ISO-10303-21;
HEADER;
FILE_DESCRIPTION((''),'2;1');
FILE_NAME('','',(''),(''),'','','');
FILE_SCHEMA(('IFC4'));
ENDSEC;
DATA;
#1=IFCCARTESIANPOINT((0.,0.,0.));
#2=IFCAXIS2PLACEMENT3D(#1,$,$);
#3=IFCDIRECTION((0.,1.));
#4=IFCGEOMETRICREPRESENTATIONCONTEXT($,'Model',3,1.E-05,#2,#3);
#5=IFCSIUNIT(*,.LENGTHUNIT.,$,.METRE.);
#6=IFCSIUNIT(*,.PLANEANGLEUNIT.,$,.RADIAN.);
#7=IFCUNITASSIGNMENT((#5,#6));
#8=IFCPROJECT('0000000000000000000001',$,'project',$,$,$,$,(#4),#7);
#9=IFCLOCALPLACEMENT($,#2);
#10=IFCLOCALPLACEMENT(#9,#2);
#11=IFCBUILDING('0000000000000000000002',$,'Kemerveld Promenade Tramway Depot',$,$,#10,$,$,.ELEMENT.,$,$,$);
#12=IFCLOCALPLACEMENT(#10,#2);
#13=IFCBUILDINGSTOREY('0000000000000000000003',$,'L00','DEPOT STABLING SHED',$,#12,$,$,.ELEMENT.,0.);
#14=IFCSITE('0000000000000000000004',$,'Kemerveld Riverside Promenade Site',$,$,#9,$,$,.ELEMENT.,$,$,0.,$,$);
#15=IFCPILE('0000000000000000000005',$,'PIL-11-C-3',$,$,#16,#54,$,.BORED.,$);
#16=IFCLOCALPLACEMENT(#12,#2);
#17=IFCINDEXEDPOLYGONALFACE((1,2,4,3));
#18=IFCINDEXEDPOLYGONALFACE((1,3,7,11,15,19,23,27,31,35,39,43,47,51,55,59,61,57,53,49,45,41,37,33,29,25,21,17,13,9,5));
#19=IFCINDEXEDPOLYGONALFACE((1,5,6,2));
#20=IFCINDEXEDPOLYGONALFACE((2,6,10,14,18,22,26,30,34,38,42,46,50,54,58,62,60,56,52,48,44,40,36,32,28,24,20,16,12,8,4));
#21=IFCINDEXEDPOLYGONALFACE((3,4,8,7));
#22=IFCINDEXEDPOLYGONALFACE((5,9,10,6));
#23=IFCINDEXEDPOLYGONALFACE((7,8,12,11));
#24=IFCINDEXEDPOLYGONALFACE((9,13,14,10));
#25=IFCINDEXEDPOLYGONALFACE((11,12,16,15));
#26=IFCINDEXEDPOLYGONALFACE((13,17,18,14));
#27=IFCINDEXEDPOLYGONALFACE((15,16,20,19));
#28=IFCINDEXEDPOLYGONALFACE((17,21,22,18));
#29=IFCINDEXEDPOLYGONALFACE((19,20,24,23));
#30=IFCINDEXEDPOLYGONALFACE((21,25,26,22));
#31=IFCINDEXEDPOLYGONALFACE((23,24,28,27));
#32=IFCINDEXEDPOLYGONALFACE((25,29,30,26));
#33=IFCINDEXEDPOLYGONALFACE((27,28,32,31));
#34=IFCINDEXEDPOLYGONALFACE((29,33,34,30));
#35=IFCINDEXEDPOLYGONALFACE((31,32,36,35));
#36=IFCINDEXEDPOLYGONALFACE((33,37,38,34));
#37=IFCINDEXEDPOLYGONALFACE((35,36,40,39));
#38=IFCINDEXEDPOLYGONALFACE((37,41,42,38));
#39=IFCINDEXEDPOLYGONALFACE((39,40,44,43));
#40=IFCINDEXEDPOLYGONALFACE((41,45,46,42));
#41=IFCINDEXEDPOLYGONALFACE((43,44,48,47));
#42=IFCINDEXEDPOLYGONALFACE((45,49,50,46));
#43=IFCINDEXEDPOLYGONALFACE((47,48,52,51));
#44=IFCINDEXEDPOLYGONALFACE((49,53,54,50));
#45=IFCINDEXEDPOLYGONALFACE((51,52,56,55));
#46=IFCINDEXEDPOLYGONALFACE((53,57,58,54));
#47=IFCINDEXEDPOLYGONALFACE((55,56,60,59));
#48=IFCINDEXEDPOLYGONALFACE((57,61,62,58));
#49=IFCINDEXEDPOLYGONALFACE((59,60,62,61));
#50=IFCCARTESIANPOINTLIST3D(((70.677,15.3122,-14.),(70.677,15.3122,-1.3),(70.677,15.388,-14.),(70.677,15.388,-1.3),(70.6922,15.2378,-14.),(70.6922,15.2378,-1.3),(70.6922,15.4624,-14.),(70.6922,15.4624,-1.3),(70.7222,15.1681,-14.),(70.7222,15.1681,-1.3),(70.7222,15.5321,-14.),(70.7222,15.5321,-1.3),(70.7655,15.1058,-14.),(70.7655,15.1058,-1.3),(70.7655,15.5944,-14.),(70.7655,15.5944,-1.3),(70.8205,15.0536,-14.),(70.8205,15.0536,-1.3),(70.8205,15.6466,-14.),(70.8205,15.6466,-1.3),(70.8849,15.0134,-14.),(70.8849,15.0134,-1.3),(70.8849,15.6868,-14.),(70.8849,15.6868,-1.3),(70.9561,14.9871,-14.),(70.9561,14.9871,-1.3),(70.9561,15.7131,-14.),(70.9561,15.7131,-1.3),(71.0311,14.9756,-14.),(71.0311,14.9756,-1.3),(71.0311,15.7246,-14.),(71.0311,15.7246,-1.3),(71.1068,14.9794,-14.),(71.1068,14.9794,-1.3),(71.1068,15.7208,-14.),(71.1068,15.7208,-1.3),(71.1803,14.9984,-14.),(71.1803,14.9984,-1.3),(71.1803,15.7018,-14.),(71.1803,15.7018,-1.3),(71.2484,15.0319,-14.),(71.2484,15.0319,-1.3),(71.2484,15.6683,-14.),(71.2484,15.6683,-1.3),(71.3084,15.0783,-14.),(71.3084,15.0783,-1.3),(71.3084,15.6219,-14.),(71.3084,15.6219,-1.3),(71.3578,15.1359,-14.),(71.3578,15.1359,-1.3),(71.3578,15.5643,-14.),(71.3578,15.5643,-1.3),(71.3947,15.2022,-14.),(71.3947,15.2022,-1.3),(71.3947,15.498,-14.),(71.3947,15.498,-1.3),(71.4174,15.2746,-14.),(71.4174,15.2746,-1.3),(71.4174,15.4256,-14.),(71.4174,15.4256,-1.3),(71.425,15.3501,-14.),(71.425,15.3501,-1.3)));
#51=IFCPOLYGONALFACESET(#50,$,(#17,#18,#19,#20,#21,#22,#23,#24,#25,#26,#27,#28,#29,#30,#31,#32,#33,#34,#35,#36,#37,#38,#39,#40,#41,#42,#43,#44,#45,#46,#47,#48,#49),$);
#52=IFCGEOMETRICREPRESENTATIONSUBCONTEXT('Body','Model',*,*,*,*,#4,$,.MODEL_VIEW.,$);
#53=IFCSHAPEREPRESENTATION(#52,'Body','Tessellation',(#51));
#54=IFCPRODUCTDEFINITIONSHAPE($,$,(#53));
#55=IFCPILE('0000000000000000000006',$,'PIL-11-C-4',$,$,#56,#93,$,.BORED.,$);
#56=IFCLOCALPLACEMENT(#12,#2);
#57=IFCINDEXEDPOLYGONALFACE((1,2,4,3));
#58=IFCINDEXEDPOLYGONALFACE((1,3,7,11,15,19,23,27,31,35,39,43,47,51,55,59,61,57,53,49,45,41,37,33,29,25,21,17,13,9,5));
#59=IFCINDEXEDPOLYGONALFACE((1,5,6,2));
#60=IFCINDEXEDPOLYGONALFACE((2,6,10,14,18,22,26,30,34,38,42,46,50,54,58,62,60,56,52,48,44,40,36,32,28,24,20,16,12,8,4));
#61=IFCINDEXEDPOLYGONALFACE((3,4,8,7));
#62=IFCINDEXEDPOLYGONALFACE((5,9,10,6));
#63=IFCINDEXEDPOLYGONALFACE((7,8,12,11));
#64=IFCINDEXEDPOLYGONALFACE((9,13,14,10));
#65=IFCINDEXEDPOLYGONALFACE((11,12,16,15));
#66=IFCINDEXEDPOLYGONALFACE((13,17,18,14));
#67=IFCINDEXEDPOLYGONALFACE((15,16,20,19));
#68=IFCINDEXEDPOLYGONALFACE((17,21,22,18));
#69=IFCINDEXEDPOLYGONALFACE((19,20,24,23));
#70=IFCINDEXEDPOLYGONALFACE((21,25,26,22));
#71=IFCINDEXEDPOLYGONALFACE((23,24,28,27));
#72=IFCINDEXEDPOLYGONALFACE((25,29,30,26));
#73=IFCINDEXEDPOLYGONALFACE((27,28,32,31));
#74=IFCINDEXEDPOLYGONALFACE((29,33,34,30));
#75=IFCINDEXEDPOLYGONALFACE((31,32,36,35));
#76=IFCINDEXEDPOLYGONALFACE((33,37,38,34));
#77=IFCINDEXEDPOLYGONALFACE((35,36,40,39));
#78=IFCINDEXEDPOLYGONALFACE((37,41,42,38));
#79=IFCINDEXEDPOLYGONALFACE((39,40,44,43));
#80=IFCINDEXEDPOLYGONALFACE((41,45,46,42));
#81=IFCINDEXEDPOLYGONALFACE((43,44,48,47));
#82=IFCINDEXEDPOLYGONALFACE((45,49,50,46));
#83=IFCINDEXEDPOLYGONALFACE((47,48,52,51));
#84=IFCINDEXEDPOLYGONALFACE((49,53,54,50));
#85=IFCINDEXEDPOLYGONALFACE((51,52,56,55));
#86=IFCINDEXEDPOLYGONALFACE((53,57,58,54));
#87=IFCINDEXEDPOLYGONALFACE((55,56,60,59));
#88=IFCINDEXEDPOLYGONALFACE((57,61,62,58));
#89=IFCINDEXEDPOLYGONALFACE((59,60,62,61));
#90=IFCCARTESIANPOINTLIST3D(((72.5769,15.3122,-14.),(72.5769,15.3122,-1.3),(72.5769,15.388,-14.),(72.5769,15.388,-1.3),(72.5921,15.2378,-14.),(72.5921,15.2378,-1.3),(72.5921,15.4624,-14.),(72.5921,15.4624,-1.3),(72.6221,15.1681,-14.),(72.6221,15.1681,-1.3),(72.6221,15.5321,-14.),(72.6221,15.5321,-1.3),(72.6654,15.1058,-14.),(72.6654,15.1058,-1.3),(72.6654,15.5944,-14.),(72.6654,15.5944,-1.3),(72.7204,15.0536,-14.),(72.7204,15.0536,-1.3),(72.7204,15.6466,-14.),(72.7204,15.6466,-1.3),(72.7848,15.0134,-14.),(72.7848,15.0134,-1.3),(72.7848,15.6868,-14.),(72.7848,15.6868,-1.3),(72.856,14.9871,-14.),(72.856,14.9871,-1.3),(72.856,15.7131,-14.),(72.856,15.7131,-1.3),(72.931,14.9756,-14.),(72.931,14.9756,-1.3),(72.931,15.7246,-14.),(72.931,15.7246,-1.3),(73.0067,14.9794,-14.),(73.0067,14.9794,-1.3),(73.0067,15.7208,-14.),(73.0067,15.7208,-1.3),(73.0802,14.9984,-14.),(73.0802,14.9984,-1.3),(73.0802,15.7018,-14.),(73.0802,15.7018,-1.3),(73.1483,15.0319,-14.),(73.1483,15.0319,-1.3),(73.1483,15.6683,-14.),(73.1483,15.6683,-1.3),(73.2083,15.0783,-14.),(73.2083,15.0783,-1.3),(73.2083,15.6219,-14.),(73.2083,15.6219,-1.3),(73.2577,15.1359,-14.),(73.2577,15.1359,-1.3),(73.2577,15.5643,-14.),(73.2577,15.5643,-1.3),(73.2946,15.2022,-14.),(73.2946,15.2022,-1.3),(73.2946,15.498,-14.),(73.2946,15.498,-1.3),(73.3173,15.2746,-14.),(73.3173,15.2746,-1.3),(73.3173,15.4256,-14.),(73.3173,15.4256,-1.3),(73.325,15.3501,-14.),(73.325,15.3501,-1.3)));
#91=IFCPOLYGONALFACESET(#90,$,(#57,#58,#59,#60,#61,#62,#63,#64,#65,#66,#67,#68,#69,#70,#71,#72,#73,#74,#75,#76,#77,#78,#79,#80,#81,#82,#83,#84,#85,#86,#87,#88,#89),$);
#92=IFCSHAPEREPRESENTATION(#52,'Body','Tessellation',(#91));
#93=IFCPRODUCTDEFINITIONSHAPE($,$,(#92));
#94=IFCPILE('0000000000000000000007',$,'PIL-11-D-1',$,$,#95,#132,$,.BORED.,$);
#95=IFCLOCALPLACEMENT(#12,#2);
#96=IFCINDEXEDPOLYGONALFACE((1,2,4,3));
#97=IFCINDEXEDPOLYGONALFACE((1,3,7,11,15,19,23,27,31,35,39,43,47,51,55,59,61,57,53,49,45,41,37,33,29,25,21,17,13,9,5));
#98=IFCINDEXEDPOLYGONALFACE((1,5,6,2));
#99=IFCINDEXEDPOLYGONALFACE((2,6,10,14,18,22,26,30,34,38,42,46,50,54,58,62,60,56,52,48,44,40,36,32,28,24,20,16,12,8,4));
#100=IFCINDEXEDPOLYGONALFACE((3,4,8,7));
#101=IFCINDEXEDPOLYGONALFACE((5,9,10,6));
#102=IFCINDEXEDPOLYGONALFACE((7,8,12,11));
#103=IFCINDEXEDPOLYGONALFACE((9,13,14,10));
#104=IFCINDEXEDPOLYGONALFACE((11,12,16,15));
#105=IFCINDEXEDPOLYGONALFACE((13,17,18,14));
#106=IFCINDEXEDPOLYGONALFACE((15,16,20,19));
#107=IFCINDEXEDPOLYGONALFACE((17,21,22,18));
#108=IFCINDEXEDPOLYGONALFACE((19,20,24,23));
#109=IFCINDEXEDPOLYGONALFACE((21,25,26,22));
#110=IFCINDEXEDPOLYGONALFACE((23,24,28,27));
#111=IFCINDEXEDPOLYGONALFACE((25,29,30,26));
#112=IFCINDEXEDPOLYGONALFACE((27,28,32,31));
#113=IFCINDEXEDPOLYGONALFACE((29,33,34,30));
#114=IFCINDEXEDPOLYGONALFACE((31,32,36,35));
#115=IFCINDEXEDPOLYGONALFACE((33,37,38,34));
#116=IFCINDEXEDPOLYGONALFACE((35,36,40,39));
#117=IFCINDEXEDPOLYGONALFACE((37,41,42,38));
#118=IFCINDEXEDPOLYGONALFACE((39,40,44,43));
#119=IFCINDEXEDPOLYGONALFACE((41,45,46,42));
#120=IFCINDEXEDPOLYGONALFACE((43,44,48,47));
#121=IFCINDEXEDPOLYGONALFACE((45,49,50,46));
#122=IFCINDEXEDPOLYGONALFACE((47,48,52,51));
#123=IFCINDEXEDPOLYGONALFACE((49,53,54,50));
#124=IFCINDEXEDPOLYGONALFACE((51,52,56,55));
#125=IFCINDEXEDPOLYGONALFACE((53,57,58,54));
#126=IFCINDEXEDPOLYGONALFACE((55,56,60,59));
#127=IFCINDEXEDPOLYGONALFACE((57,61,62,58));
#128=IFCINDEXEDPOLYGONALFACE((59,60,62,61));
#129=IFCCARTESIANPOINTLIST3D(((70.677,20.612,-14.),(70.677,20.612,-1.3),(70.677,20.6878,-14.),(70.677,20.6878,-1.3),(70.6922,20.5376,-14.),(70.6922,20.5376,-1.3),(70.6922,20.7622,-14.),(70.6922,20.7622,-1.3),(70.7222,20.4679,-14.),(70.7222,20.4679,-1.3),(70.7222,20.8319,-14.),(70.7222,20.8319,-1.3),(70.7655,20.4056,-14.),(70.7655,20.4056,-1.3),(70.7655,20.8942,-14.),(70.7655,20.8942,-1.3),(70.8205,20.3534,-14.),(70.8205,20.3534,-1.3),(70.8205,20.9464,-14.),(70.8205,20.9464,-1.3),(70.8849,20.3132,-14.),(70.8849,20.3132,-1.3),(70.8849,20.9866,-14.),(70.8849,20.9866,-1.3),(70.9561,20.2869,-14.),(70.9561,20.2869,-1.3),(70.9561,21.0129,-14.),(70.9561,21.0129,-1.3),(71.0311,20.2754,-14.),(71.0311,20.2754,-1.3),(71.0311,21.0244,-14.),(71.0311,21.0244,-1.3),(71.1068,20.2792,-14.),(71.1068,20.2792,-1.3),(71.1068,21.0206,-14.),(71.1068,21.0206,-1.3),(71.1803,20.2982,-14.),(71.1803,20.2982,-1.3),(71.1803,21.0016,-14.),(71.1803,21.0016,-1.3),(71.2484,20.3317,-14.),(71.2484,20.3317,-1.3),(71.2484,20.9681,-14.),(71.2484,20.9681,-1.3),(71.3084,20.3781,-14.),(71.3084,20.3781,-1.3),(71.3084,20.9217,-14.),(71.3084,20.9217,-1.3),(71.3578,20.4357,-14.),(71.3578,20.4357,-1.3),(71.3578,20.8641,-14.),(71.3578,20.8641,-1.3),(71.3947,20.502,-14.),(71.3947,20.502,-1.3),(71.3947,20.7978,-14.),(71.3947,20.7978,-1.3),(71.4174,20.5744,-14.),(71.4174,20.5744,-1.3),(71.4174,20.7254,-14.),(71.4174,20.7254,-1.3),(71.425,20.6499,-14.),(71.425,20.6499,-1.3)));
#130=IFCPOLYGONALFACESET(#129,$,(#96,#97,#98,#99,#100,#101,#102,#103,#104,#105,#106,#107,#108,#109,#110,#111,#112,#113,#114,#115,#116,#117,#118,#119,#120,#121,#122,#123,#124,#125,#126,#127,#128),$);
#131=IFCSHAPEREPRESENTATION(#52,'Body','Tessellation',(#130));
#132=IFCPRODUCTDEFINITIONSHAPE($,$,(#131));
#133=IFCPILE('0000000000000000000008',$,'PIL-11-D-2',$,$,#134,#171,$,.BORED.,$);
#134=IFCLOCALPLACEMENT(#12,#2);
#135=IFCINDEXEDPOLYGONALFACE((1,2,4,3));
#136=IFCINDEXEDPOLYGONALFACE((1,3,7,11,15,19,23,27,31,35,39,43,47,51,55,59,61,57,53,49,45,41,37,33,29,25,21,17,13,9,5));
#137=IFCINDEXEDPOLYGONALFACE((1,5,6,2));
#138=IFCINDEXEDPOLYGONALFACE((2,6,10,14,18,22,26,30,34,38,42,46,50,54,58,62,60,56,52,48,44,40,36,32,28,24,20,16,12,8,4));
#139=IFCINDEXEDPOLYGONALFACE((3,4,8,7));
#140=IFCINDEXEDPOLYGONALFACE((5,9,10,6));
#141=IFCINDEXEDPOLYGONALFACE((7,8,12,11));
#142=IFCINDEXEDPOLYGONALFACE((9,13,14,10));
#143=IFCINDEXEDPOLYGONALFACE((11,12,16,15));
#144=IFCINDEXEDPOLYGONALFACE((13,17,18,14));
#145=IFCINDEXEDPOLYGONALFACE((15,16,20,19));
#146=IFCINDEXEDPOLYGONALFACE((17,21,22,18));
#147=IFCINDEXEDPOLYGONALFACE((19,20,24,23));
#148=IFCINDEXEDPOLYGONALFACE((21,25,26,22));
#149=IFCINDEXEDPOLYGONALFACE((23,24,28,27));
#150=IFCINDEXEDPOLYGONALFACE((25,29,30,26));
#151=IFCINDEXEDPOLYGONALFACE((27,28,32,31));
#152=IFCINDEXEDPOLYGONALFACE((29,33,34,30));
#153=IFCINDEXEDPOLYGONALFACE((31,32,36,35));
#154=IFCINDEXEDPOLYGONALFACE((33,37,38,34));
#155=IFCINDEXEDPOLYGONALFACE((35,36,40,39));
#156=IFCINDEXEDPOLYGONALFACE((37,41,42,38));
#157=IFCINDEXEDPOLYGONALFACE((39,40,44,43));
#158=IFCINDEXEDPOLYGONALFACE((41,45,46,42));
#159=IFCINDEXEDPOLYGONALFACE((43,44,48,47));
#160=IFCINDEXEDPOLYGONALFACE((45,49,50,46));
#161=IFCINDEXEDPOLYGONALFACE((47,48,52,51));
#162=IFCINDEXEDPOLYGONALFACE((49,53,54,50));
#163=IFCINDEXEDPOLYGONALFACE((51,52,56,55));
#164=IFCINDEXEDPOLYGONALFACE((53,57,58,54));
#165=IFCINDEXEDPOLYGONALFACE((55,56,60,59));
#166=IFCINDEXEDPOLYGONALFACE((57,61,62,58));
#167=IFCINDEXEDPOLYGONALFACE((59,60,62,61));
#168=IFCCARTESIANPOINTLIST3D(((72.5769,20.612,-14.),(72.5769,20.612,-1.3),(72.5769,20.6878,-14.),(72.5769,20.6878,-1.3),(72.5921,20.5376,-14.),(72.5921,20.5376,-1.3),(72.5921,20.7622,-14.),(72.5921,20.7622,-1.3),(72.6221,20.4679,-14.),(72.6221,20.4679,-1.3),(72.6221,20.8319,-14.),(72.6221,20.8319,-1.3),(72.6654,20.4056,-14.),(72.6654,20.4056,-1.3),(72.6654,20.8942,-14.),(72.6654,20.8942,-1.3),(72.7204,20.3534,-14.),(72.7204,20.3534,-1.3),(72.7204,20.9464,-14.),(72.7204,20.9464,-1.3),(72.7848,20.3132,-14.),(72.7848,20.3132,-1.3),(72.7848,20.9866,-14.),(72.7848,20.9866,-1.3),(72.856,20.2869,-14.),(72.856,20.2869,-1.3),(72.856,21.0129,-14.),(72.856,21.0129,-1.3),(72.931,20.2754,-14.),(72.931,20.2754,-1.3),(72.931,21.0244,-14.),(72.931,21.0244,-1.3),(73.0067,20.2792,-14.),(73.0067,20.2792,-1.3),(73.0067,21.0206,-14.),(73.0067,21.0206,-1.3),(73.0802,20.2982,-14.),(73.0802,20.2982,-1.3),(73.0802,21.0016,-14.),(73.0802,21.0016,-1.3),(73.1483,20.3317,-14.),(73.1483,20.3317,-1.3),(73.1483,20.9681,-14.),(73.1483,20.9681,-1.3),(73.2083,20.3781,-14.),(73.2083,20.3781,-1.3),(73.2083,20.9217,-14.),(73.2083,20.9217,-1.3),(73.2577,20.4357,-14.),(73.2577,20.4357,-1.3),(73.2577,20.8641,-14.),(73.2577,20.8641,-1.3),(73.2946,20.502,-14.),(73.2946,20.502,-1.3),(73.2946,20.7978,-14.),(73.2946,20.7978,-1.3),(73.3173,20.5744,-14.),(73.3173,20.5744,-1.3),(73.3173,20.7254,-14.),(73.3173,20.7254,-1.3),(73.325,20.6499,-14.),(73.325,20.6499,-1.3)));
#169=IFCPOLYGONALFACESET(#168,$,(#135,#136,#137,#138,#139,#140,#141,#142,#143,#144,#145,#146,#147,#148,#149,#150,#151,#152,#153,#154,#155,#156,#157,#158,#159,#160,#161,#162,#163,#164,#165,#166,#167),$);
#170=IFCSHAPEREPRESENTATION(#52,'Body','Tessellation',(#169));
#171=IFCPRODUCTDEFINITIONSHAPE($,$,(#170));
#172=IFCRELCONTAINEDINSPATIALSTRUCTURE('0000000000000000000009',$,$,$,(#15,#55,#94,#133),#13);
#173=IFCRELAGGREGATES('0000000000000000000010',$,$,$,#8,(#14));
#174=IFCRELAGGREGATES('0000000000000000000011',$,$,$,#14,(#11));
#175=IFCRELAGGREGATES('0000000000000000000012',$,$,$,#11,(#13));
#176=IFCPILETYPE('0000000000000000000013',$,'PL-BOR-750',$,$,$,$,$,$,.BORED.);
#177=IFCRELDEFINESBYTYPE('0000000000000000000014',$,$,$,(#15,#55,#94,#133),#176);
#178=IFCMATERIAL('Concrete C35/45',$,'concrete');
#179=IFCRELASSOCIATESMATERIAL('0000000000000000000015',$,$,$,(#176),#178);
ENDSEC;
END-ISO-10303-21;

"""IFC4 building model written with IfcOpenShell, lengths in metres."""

from ifc_helpers import new_model, si_unit, direction, frame, origin, origin_2d, place, context, subcontext, project, spatial, circle, extrude, material, material_profile, profile_set, type_object, element, save


model = new_model("IFC4")

# Units and contexts
model_context = context("Model", 3, precision=1e-05, world=origin(), true_north=direction((0.0, 1.0)))
body_context = subcontext(model_context, "Body", "Model", "MODEL_VIEW")
ifc_project = project(units=[si_unit("LENGTHUNIT", "METRE"), si_unit("PLANEANGLEUNIT", "RADIAN")], contexts=[model_context])

# Site, building, storey
site_placement = place(None, origin())
site = spatial("IfcSite", under=ifc_project, at=site_placement, Name="Kemerveld Riverside Promenade Site", CompositionType="ELEMENT", RefElevation=0.0)
building_placement = place(site_placement, origin())
building = spatial("IfcBuilding", under=site, at=building_placement, Name="Kemerveld Promenade Tramway Depot", CompositionType="ELEMENT")
storey_placement = place(building_placement, origin())
storey = spatial("IfcBuildingStorey", under=building, at=storey_placement, Name="L00", Description="DEPOT STABLING SHED", CompositionType="ELEMENT", Elevation=0.0)

# Shared definitions
ifc_material_1 = material(Name="Concrete C35/45", Category="concrete")

# Piles
ifc_material_profile_1 = material_profile(ifc_material_1, circle(Radius=0.375, at=origin_2d()), Name="PILE-D750")
ifc_profile_set_1 = profile_set([ifc_material_profile_1], Name="Concrete C35/45")
pile_type = type_object("IfcPileType", Name="PL-BOR-750", PredefinedType="BORED", material=ifc_profile_set_1)
for number, where, z_axis, x_axis, name in (
    (1, (71.05, 15.3501, -1.3), (0.0, 0.0, -1.0), (1.0, 0.0, 0.0), "PIL-11-C-3"),
    (2, (72.95, 15.3501, -1.3), (0.0, 0.0, -1.0), (1.0, 0.0, 0.0), "PIL-11-C-4"),
    (3, (71.05, 20.6499, -1.3), (0.0, 0.0, -1.0), (1.0, 0.0, 0.0), "PIL-11-D-1"),
    (4, (72.95, 20.6499, -1.3), (0.0, 0.0, -1.0), (1.0, 0.0, 0.0), "PIL-11-D-2"),
):
    element("IfcPile", number, at=place(storey_placement, frame(where, z_axis=z_axis, x_axis=x_axis)), inside=storey, type_object=pile_type, Name=name, PredefinedType="BORED", context=body_context, shape_type="SweptSolid", body=[
        extrude(circle(Radius=0.375, at=origin_2d()), origin(), (0.0, 0.0, 1.0), 12.7),
    ])

save(model, "model.ifc")
